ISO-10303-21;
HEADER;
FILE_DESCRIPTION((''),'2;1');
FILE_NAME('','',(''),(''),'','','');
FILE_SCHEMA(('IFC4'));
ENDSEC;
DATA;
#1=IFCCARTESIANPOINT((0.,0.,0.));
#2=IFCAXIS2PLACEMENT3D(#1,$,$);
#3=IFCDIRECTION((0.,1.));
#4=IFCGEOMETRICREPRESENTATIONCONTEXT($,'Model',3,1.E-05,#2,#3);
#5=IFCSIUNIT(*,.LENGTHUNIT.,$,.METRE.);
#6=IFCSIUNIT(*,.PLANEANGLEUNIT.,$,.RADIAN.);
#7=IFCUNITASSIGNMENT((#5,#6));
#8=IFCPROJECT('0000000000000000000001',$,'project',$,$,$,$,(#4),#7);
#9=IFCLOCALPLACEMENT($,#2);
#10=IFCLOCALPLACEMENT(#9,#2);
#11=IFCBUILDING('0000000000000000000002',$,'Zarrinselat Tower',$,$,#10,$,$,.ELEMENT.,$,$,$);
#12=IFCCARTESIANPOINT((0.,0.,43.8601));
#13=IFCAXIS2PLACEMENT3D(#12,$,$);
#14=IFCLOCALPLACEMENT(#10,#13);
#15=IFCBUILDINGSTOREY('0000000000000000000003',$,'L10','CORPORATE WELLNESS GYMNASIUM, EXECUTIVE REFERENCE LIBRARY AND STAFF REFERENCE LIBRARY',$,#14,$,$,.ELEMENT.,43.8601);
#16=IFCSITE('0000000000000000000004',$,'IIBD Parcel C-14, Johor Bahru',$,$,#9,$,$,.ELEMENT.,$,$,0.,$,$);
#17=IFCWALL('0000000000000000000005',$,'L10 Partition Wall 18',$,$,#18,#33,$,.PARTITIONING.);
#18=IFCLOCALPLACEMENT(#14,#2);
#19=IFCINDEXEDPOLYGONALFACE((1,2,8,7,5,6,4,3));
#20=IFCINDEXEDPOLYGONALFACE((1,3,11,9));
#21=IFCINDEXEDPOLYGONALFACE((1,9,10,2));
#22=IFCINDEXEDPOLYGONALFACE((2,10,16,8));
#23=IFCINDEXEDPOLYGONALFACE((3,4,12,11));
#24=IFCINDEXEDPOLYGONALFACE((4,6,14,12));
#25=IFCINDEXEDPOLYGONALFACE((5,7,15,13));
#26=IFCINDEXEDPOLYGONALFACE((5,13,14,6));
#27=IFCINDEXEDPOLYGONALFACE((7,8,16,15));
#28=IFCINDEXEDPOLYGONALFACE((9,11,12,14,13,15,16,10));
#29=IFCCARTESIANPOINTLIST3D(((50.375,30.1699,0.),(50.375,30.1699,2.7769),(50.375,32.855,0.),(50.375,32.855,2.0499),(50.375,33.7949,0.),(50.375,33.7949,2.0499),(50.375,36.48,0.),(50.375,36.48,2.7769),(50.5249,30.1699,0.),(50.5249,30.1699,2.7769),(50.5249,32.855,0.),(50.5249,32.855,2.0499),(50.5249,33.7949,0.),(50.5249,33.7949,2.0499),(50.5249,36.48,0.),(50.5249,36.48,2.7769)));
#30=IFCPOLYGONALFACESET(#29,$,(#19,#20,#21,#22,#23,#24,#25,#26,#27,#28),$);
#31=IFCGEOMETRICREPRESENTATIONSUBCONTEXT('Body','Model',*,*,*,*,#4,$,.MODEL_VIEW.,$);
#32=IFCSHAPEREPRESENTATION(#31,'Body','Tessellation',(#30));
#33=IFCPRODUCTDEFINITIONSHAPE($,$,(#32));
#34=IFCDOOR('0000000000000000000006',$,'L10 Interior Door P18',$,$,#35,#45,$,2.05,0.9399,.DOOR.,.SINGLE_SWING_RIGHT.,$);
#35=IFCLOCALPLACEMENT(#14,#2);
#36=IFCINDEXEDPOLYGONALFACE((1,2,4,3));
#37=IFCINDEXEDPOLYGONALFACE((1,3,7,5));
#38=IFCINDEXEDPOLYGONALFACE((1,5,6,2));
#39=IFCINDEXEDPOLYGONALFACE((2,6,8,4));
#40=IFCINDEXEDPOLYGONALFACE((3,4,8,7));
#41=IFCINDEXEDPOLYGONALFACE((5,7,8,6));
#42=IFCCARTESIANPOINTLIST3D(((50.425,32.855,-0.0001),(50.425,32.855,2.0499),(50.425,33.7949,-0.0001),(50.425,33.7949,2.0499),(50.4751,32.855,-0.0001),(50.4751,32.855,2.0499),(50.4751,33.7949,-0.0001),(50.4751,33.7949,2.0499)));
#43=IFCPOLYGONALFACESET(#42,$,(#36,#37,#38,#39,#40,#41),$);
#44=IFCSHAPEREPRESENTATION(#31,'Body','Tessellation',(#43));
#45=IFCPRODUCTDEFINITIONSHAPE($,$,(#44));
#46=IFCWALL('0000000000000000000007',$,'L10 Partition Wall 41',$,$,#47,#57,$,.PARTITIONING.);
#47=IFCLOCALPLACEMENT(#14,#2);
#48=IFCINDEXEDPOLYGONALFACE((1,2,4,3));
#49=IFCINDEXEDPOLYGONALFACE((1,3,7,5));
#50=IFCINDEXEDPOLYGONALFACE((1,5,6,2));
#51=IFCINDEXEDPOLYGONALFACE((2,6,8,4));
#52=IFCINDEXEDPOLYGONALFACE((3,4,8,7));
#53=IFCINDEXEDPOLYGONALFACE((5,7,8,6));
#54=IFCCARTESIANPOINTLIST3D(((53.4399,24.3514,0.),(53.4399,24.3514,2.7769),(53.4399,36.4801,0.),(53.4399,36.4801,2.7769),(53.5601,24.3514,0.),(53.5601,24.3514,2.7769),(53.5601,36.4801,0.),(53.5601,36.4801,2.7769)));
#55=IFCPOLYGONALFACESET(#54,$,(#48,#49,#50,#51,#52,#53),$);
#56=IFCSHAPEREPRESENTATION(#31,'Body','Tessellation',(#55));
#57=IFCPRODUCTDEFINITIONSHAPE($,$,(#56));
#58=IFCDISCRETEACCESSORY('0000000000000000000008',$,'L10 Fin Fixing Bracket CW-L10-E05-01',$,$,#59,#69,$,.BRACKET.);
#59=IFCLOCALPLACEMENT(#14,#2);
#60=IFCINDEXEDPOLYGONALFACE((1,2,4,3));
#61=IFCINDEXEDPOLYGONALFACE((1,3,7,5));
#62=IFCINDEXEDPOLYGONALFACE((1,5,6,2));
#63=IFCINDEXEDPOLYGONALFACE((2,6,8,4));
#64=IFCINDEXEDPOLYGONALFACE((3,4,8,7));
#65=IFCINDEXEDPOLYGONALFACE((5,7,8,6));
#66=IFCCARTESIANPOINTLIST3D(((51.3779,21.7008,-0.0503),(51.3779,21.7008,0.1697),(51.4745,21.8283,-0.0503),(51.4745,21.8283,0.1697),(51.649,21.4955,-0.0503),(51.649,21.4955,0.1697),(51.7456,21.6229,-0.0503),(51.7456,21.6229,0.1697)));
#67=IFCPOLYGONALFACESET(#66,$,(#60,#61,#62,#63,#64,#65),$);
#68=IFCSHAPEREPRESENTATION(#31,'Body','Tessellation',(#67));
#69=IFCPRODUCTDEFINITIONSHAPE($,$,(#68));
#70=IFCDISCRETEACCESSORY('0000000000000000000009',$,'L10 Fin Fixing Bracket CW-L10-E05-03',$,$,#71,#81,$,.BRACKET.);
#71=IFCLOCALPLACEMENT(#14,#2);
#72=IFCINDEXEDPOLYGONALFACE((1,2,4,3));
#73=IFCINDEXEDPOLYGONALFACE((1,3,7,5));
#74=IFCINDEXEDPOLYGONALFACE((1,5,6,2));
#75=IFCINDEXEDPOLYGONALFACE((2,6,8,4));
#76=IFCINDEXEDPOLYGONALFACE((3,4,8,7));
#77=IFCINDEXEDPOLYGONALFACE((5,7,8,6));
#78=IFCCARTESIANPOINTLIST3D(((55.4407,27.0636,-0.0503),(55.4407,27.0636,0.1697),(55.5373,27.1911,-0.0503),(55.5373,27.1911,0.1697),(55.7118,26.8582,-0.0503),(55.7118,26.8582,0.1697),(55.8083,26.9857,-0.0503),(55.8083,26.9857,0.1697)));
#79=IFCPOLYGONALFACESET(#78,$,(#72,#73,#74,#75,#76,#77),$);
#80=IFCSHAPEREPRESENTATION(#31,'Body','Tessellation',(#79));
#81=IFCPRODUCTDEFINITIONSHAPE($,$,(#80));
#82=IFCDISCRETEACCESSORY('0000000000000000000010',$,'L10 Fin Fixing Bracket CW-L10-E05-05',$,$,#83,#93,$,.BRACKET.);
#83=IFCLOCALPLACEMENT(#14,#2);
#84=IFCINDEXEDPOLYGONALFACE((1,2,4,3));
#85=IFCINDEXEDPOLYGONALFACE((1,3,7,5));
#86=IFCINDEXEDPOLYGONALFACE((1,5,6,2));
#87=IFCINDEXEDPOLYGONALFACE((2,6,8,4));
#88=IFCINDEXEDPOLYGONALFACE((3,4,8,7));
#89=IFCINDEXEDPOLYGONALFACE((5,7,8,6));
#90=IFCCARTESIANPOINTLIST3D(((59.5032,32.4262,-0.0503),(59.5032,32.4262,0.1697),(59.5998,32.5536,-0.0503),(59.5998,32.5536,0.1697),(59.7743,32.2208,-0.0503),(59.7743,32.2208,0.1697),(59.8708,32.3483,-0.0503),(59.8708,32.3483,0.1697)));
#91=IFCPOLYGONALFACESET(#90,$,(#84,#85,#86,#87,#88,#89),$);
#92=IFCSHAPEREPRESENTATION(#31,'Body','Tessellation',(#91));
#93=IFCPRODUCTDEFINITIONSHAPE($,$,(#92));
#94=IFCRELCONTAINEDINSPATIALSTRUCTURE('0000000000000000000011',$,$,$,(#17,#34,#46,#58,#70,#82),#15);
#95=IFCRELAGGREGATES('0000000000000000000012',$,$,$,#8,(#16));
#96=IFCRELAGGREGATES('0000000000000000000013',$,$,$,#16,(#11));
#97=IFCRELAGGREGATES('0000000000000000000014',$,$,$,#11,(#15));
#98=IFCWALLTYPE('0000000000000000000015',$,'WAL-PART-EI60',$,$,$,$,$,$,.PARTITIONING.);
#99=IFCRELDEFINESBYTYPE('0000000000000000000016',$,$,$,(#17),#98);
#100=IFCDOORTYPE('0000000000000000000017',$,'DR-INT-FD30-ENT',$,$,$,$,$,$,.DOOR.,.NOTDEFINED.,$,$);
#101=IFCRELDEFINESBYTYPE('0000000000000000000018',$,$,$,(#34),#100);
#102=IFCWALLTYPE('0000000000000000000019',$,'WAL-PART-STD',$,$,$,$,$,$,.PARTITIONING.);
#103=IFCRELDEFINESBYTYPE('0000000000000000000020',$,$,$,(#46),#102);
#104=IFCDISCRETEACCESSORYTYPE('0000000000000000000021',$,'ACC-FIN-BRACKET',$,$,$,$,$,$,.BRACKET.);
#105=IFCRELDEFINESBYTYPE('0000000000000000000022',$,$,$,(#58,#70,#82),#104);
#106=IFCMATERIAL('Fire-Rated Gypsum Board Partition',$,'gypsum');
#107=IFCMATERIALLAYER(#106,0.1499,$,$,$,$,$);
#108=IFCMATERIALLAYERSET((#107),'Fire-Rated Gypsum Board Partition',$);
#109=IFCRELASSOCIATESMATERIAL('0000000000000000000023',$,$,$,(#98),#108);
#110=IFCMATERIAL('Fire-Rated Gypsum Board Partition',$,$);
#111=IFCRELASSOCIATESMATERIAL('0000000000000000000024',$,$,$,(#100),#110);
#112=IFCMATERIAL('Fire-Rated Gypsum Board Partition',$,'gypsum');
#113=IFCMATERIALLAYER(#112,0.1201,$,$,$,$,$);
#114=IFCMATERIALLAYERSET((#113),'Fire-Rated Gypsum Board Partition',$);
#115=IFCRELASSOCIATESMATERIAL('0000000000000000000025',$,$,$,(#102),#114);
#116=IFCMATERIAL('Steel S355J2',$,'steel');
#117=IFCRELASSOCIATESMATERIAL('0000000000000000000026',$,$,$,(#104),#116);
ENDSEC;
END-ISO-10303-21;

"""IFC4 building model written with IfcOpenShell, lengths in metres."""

from ifc_helpers import new_model, si_unit, direction, frame, frame_2d, origin, origin_2d, place, context, subcontext, project, spatial, rectangle, extrude, material, layer, layer_set, type_object, element, fill, save


model = new_model("IFC4")

# Units and contexts
model_context = context("Model", 3, precision=1e-05, world=origin(), true_north=direction((0.0, 1.0)))
body_context = subcontext(model_context, "Body", "Model", "MODEL_VIEW")
ifc_project = project(units=[si_unit("LENGTHUNIT", "METRE"), si_unit("PLANEANGLEUNIT", "RADIAN")], contexts=[model_context])

# Site, building, storey
site_placement = place(None, origin())
site = spatial("IfcSite", under=ifc_project, at=site_placement, Name="IIBD Parcel C-14, Johor Bahru", CompositionType="ELEMENT", RefElevation=0.0)
building_placement = place(site_placement, origin())
building = spatial("IfcBuilding", under=site, at=building_placement, Name="Zarrinselat Tower", CompositionType="ELEMENT")
storey_placement = place(building_placement, frame((0.0, 0.0, 43.8601)))
storey = spatial("IfcBuildingStorey", under=building, at=storey_placement, Name="L10", Description="CORPORATE WELLNESS GYMNASIUM, EXECUTIVE REFERENCE LIBRARY AND STAFF REFERENCE LIBRARY", CompositionType="ELEMENT", Elevation=43.8601)

# Wall, opening, door
ifc_material_1 = material(Name="Fire-Rated Gypsum Board Partition", Category="gypsum")
ifc_layer_1 = layer(ifc_material_1, 0.1499)
ifc_layer_set_1 = layer_set([ifc_layer_1], Name="Fire-Rated Gypsum Board Partition")
wall_type_1 = type_object("IfcWallType", Name="WAL-PART-EI60", PredefinedType="PARTITIONING", material=ifc_layer_set_1)
wall_1_placement = place(storey_placement, frame((50.45, 30.1699, 0.0), z_axis=(0.0, 0.0, 1.0), x_axis=(0.0, 1.0, 0.0)))
wall_1 = element("IfcWall", 1, at=wall_1_placement, inside=storey, type_object=wall_type_1, Name="L10 Partition Wall 18", PredefinedType="PARTITIONING", context=body_context, shape_type="SweptSolid", body=[
    extrude(rectangle(XDim=6.3101, YDim=0.1499, at=frame_2d((3.155, 0.0))), origin(), (0.0, 0.0, 1.0), 2.7769),
])
opening_placement = place(wall_1_placement, frame((2.6851, 0.0, 0.0)))
opening = element("IfcOpeningElement", 2, at=opening_placement, cuts=wall_1, PredefinedType="OPENING", context=body_context, shape_type="SweptSolid", body=[
    extrude(rectangle(XDim=0.9399, YDim=2.05, at=frame_2d((0.47, 1.0249))), frame((0.0, 0.085, 0.0), z_axis=(0.0, -1.0, 0.0), x_axis=(1.0, 0.0, 0.0)), (0.0, 0.0, 1.0), 0.1699),
])
ifc_material_2 = material(Name="Fire-Rated Gypsum Board Partition")
door_type = type_object("IfcDoorType", Name="DR-INT-FD30-ENT", OperationType="NOTDEFINED", PredefinedType="DOOR", material=ifc_material_2)
door_placement = place(opening_placement, origin())
door = element("IfcDoor", 3, at=door_placement, inside=storey, type_object=door_type, Name="L10 Interior Door P18", OperationType="SINGLE_SWING_RIGHT", OverallHeight=2.05, OverallWidth=0.9399, PredefinedType="DOOR", context=body_context, shape_type="SweptSolid", body=[
    extrude(rectangle(XDim=0.9399, YDim=2.05, at=frame_2d((0.47, 1.0249))), frame((0.0, 0.0249, 0.0), z_axis=(0.0, -1.0, 0.0), x_axis=(1.0, 0.0, 0.0)), (0.0, 0.0, 1.0), 0.05),
])
fill(opening, door)

# Wall
ifc_material_3 = material(Name="Fire-Rated Gypsum Board Partition", Category="gypsum")
ifc_layer_2 = layer(ifc_material_3, 0.1201)
ifc_layer_set_2 = layer_set([ifc_layer_2], Name="Fire-Rated Gypsum Board Partition")
wall_type_2 = type_object("IfcWallType", Name="WAL-PART-STD", PredefinedType="PARTITIONING", material=ifc_layer_set_2)
wall_2_placement = place(storey_placement, frame((53.5, 24.3513, 0.0), z_axis=(0.0, 0.0, 1.0), x_axis=(0.0, 1.0, 0.0)))
element("IfcWall", 4, at=wall_2_placement, inside=storey, type_object=wall_type_2, Name="L10 Partition Wall 41", PredefinedType="PARTITIONING", context=body_context, shape_type="SweptSolid", body=[
    extrude(rectangle(XDim=12.1287, YDim=0.1201, at=frame_2d((6.0645, 0.0))), origin(), (0.0, 0.0, 1.0), 2.7769),
])

# Discrete accessories
ifc_material_4 = material(Name="Steel S355J2", Category="steel")
discrete_accessory_type = type_object("IfcDiscreteAccessoryType", Name="ACC-FIN-BRACKET", PredefinedType="BRACKET", material=ifc_material_4)
for number, where, z_axis, x_axis, name in (
    (5, (51.5618, 21.6619, -0.0503), (0.0, 0.0, 1.0), (0.797091, -0.603859, 0.0), "L10 Fin Fixing Bracket CW-L10-E05-01"),
    (6, (55.6245, 27.0247, -0.0503), (0.0, 0.0, 1.0), (0.797091, -0.603859, 0.0), "L10 Fin Fixing Bracket CW-L10-E05-03"),
    (7, (59.687, 32.3872, -0.0503), (0.0, 0.0, 1.0), (0.797091, -0.603859, 0.0), "L10 Fin Fixing Bracket CW-L10-E05-05"),
):
    element("IfcDiscreteAccessory", number, at=place(storey_placement, frame(where, z_axis=z_axis, x_axis=x_axis)), inside=storey, type_object=discrete_accessory_type, Name=name, PredefinedType="BRACKET", context=body_context, shape_type="SweptSolid", body=[
        extrude(rectangle(XDim=0.3401, YDim=0.1599, at=origin_2d()), origin(), (0.0, 0.0, 1.0), 0.22),
    ])

save(model, "model.ifc")
